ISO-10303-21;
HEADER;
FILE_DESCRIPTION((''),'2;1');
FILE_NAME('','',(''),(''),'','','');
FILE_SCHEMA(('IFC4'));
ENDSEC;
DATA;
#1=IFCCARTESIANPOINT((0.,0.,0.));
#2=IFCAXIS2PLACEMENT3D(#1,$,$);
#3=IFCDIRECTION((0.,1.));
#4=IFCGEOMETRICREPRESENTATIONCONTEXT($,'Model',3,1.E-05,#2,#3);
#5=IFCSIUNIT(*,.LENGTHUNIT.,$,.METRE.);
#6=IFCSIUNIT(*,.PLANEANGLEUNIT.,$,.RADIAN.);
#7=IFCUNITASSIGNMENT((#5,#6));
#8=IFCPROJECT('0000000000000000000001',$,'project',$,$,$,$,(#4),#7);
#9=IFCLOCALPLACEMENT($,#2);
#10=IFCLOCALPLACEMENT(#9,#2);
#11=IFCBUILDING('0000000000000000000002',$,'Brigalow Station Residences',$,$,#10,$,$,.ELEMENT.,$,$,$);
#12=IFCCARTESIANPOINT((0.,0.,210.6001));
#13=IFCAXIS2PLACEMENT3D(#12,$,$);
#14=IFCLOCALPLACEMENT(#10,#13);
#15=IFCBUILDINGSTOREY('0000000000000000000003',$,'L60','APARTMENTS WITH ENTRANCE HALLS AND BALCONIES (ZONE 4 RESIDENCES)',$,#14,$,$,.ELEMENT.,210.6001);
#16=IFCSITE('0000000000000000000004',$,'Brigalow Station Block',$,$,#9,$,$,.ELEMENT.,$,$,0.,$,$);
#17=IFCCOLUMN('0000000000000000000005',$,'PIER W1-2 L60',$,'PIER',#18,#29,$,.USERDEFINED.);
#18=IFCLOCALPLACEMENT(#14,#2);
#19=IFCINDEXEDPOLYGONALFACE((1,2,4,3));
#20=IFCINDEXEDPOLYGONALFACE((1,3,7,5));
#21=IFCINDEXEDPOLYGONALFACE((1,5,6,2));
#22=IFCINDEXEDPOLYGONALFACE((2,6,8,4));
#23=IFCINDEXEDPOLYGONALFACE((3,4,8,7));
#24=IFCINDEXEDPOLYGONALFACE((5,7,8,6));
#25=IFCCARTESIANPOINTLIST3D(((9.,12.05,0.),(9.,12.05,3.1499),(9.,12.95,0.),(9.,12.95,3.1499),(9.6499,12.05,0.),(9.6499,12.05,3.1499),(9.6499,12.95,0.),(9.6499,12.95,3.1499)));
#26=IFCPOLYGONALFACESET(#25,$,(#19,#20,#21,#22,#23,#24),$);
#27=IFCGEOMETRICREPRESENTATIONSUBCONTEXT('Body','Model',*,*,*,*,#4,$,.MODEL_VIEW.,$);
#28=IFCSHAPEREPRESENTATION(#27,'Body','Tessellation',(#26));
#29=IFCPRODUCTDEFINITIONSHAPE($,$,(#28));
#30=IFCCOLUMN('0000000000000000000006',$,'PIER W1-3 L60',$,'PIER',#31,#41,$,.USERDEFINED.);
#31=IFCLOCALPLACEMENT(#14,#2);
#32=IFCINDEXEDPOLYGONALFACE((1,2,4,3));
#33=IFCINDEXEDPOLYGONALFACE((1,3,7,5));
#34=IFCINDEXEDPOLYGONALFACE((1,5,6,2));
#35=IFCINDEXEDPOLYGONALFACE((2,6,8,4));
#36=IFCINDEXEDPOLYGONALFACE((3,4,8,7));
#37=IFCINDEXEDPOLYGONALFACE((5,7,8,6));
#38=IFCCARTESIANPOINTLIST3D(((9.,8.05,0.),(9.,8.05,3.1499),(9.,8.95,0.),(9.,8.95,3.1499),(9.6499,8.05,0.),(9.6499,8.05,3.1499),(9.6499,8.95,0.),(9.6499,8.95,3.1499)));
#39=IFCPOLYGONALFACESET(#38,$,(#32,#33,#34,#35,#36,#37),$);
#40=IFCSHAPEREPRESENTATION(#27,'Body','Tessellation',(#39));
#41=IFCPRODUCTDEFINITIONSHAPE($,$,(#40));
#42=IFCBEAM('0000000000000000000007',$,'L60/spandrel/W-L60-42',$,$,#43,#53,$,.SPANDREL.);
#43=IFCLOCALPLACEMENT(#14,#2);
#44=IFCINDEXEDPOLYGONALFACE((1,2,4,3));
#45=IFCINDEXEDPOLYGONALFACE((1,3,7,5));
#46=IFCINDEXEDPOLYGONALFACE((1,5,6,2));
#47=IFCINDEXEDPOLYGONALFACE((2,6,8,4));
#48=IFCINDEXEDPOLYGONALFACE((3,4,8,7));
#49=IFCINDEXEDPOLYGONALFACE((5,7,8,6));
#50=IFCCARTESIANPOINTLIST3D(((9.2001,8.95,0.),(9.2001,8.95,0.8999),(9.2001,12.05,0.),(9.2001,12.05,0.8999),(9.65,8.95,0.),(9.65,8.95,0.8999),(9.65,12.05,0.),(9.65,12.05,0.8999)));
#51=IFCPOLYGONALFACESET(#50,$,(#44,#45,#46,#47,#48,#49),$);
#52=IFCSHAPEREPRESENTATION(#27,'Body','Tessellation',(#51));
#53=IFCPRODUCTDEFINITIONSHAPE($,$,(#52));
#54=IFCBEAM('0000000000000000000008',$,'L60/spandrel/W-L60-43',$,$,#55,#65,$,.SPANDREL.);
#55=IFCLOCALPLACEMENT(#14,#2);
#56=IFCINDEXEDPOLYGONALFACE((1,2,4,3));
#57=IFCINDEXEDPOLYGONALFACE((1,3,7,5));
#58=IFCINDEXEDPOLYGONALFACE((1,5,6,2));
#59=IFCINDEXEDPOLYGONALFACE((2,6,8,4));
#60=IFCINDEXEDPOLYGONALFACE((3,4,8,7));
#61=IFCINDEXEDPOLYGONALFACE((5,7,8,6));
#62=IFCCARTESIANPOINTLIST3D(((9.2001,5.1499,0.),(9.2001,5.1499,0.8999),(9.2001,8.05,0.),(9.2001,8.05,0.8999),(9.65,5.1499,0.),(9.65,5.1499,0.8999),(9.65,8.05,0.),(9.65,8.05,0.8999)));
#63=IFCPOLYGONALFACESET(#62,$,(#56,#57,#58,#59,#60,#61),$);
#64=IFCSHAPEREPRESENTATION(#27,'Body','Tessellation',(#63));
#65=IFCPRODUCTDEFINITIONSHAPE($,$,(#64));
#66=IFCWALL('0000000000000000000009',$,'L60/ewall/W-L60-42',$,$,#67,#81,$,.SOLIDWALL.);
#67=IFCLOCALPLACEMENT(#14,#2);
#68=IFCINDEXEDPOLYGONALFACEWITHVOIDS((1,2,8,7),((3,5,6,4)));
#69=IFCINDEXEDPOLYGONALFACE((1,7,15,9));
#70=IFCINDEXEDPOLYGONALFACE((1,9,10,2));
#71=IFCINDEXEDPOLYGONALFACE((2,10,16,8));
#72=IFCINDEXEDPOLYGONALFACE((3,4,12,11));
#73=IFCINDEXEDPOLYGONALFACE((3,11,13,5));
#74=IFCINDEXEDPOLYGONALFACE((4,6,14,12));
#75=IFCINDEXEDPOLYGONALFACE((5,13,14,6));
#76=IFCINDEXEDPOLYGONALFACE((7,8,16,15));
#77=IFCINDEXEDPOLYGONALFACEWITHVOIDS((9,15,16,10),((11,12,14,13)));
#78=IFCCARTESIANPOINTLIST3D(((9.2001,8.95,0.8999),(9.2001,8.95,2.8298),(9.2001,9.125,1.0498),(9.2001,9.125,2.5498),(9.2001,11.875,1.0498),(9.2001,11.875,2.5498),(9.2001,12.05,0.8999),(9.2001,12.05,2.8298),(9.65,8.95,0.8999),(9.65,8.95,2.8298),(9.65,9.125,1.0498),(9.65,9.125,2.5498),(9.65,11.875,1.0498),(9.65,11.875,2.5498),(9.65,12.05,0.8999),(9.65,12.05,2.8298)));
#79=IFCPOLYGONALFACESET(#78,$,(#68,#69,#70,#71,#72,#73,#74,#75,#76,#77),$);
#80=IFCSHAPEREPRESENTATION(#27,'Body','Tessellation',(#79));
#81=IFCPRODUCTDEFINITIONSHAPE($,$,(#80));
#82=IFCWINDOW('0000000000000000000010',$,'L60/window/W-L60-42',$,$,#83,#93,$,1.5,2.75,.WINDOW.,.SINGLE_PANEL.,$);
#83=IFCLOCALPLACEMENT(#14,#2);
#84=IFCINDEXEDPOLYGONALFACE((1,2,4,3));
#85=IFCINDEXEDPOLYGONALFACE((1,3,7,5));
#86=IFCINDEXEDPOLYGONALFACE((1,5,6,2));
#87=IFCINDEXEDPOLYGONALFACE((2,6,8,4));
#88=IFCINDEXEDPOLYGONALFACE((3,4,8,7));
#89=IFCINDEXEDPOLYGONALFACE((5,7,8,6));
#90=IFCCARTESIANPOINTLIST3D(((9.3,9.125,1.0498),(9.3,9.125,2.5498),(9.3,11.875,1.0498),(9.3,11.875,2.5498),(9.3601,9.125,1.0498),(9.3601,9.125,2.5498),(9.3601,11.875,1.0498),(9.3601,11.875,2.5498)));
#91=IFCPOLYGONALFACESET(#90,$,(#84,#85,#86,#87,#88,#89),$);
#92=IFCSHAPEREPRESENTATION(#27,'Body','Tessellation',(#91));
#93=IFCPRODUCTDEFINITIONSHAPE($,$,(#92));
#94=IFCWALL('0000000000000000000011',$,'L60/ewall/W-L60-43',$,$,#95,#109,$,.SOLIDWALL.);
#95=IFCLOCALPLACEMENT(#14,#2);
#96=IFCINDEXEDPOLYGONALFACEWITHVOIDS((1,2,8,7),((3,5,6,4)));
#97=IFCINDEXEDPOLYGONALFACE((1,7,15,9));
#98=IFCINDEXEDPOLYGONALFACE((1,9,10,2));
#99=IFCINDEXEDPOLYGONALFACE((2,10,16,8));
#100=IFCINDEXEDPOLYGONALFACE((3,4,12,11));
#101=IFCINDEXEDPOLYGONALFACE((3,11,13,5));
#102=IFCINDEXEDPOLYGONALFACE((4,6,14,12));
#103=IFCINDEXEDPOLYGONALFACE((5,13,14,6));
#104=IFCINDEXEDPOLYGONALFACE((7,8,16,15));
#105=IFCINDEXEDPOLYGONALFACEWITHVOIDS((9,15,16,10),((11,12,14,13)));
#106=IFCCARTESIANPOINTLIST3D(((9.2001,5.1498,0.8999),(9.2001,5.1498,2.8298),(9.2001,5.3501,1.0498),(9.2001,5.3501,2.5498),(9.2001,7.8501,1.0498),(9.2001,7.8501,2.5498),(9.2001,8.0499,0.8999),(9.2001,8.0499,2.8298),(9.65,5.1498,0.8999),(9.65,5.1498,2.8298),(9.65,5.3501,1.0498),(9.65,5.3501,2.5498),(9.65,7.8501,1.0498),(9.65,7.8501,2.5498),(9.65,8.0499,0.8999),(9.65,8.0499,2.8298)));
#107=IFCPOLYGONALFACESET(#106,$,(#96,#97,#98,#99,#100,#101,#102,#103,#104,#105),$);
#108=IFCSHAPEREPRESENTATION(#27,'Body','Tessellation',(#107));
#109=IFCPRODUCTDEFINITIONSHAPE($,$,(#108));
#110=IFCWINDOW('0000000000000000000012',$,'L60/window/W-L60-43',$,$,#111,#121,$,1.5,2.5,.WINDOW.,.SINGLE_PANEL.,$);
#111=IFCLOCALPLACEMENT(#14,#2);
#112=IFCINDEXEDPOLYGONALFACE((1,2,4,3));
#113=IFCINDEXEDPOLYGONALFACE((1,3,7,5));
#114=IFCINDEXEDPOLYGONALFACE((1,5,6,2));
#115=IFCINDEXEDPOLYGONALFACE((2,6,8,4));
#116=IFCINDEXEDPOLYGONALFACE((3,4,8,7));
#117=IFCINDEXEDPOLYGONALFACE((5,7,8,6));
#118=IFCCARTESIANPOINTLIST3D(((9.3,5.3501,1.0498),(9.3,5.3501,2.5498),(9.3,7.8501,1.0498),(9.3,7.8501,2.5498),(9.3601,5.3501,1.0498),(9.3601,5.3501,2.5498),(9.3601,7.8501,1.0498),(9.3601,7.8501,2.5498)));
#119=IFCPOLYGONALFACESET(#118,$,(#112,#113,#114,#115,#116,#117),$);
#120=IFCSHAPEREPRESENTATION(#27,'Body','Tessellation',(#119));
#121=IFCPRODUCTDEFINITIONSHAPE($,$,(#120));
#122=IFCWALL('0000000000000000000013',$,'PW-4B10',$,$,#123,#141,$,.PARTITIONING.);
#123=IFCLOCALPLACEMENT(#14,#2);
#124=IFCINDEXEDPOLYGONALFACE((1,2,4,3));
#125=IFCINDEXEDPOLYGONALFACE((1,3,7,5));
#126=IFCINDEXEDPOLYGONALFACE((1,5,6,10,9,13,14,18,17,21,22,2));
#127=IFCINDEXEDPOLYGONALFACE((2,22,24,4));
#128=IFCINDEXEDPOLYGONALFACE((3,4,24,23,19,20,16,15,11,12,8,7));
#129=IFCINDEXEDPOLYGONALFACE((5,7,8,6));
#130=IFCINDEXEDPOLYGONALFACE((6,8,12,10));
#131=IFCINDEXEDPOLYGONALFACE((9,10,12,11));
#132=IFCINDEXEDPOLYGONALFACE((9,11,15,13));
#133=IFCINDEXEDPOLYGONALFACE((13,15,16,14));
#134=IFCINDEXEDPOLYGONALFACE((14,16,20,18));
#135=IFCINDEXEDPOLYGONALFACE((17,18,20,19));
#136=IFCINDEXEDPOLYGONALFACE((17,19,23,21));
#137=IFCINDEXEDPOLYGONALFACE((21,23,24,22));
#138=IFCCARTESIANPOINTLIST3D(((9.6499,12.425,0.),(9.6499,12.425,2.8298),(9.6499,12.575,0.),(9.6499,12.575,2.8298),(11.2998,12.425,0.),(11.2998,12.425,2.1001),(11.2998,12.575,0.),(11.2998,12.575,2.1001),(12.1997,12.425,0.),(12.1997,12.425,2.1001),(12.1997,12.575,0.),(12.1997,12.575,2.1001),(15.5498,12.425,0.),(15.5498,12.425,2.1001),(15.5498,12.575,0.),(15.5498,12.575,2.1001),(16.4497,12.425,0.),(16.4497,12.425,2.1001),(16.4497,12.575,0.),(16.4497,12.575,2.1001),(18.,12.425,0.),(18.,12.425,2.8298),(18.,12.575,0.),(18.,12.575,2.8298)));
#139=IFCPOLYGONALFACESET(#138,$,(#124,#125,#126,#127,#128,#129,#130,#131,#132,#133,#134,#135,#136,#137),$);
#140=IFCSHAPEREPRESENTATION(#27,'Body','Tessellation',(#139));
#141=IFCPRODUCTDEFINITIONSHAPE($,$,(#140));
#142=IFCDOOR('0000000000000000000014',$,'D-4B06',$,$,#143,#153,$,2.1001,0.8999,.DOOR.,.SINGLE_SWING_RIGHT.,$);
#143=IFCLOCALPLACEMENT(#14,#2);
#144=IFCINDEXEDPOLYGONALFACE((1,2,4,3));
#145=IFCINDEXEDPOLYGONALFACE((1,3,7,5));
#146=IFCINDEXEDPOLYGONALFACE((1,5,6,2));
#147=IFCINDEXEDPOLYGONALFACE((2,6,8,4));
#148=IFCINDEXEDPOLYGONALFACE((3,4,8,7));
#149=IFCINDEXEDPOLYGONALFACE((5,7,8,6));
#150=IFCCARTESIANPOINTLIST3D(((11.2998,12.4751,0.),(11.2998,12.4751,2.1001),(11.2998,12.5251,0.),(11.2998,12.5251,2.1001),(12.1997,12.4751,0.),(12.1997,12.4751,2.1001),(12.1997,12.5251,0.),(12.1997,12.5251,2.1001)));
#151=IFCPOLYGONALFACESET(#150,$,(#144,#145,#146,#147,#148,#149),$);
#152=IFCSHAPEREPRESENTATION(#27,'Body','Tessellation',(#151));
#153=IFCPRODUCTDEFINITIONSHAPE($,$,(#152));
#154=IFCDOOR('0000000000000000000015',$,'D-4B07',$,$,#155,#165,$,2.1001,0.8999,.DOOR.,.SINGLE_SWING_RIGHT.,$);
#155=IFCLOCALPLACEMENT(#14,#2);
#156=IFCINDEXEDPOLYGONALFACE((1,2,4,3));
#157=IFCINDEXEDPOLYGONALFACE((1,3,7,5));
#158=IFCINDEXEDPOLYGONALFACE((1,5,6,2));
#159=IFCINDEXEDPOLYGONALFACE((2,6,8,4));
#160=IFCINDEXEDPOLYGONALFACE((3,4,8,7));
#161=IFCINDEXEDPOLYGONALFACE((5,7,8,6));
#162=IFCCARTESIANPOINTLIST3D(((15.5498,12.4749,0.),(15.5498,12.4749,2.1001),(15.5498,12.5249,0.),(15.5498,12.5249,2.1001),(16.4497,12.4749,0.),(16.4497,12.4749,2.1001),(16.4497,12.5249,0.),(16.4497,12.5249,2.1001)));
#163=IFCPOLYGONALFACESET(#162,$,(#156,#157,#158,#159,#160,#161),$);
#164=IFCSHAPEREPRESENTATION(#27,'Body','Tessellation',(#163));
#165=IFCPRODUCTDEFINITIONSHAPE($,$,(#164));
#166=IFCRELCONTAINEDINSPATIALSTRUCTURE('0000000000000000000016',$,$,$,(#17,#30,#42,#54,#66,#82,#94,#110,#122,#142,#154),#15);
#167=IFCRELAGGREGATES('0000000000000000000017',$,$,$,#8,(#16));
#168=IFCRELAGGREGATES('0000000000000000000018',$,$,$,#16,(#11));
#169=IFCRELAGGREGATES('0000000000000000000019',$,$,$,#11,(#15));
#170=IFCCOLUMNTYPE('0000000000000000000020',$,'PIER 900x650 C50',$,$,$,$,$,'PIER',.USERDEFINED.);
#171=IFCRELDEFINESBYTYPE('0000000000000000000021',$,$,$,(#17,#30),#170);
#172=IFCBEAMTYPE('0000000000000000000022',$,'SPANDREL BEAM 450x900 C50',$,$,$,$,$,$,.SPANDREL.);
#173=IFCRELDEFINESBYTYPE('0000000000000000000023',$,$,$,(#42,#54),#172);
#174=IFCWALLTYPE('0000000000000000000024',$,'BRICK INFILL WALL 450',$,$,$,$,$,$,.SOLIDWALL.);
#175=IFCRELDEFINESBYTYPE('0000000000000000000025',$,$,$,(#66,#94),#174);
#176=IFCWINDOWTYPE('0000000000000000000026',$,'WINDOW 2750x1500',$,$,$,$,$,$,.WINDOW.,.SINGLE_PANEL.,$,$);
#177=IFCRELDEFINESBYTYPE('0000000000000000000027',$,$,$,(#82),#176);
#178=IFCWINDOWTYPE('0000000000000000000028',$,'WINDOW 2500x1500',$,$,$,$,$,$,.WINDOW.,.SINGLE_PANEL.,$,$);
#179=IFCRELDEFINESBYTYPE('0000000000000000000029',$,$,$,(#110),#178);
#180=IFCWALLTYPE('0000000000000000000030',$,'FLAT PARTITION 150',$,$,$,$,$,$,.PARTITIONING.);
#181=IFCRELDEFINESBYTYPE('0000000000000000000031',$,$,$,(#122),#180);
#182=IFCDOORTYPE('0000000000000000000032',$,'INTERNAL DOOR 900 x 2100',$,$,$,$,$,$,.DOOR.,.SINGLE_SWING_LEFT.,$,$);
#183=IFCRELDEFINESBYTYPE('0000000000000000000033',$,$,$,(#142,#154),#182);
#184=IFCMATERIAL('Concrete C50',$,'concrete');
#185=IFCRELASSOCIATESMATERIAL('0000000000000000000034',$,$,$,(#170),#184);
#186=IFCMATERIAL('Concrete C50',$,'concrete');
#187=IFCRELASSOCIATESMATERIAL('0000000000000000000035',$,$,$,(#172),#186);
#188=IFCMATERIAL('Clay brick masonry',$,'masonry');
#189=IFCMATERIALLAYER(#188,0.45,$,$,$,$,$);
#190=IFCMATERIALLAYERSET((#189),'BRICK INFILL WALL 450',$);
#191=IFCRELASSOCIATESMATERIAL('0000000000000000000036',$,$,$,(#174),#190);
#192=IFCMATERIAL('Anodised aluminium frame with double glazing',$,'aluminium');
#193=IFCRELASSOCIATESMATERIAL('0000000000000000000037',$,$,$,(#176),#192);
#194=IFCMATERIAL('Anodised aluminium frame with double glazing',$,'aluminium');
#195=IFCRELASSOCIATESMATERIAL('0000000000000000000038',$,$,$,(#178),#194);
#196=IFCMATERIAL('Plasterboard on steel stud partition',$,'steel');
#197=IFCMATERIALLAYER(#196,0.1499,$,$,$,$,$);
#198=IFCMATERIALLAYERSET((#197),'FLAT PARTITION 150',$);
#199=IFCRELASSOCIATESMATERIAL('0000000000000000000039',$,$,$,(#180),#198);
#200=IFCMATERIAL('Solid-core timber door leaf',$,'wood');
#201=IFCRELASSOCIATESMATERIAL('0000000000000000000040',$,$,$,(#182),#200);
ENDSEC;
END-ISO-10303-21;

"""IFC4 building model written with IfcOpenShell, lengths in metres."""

from ifc_helpers import new_model, si_unit, direction, frame, frame_2d, origin, origin_2d, place, context, subcontext, project, spatial, rectangle, extrude, material, layer, layer_set, material_profile, profile_set, type_object, element, fill, save


model = new_model("IFC4")

# Units and contexts
model_context = context("Model", 3, precision=1e-05, world=origin(), true_north=direction((0.0, 1.0)))
body_context = subcontext(model_context, "Body", "Model", "MODEL_VIEW")
ifc_project = project(units=[si_unit("LENGTHUNIT", "METRE"), si_unit("PLANEANGLEUNIT", "RADIAN")], contexts=[model_context])

# Site, building, storey
site_placement = place(None, origin())
site = spatial("IfcSite", under=ifc_project, at=site_placement, Name="Brigalow Station Block", CompositionType="ELEMENT", RefElevation=0.0)
building_placement = place(site_placement, origin())
building = spatial("IfcBuilding", under=site, at=building_placement, Name="Brigalow Station Residences", CompositionType="ELEMENT")
storey_placement = place(building_placement, frame((0.0, 0.0, 210.6001)))
storey = spatial("IfcBuildingStorey", under=building, at=storey_placement, Name="L60", Description="APARTMENTS WITH ENTRANCE HALLS AND BALCONIES (ZONE 4 RESIDENCES)", CompositionType="ELEMENT", Elevation=210.6001)

# Columns
ifc_material_1 = material(Name="Concrete C50", Category="concrete")
ifc_material_profile_1 = material_profile(ifc_material_1, rectangle(XDim=0.8999, YDim=0.6499, at=origin_2d()), Name="RC900x650")
ifc_profile_set_1 = profile_set([ifc_material_profile_1], Name="Concrete C50")
column_type = type_object("IfcColumnType", Name="PIER 900x650 C50", ElementType="PIER", PredefinedType="USERDEFINED", material=ifc_profile_set_1)
for number, where, z_axis, x_axis, name in (
    (1, (9.325, 12.5, 0.0), (0.0, 0.0, 1.0), (0.0, -1.0, 0.0), "PIER W1-2 L60"),
    (2, (9.325, 8.5, 0.0), (0.0, 0.0, 1.0), (0.0, -1.0, 0.0), "PIER W1-3 L60"),
):
    element("IfcColumn", number, at=place(storey_placement, frame(where, z_axis=z_axis, x_axis=x_axis)), inside=storey, type_object=column_type, Name=name, ObjectType="PIER", PredefinedType="USERDEFINED", context=body_context, shape_type="SweptSolid", body=[
        extrude(rectangle(XDim=0.8999, YDim=0.6499, at=origin_2d()), origin(), (0.0, 0.0, 1.0), 3.1499),
    ])

# Beams
ifc_material_2 = material(Name="Concrete C50", Category="concrete")
ifc_material_profile_2 = material_profile(ifc_material_2, rectangle(XDim=0.45, YDim=0.8999, at=origin_2d()), Name="RC450x900")
ifc_profile_set_2 = profile_set([ifc_material_profile_2], Name="Concrete C50")
beam_type = type_object("IfcBeamType", Name="SPANDREL BEAM 450x900 C50", PredefinedType="SPANDREL", material=ifc_profile_set_2)
beam_1_placement = place(storey_placement, frame((9.425, 12.05, 0.45), z_axis=(0.0, -1.0, 0.0), x_axis=(1.0, 0.0, 0.0)))
element("IfcBeam", 3, at=beam_1_placement, inside=storey, type_object=beam_type, Name="L60/spandrel/W-L60-42", PredefinedType="SPANDREL", context=body_context, shape_type="SweptSolid", body=[
    extrude(rectangle(XDim=0.45, YDim=0.8999, at=origin_2d()), origin(), (0.0, 0.0, 1.0), 3.1001),
])
beam_2_placement = place(storey_placement, frame((9.425, 8.05, 0.45), z_axis=(0.0, -1.0, 0.0), x_axis=(1.0, 0.0, 0.0)))
element("IfcBeam", 4, at=beam_2_placement, inside=storey, type_object=beam_type, Name="L60/spandrel/W-L60-43", PredefinedType="SPANDREL", context=body_context, shape_type="SweptSolid", body=[
    extrude(rectangle(XDim=0.45, YDim=0.8999, at=origin_2d()), origin(), (0.0, 0.0, 1.0), 2.9001),
])

# Walls, openings, windows
ifc_material_3 = material(Name="Clay brick masonry", Category="masonry")
ifc_layer_1 = layer(ifc_material_3, 0.45)
ifc_layer_set_1 = layer_set([ifc_layer_1], Name="BRICK INFILL WALL 450")
wall_type_1 = type_object("IfcWallType", Name="BRICK INFILL WALL 450", PredefinedType="SOLIDWALL", material=ifc_layer_set_1)
wall_1_placement = place(storey_placement, frame((9.425, 12.05, 0.8999), z_axis=(0.0, 0.0, 1.0), x_axis=(0.0, -1.0, 0.0)))
wall_1 = element("IfcWall", 5, at=wall_1_placement, inside=storey, type_object=wall_type_1, Name="L60/ewall/W-L60-42", PredefinedType="SOLIDWALL", context=body_context, shape_type="SweptSolid", body=[
    extrude(rectangle(XDim=3.1001, YDim=0.45, at=frame_2d((1.55, 0.0))), origin(), (0.0, 0.0, 1.0), 1.9299),
])
opening_1_placement = place(wall_1_placement, frame((0.175, 0.0, 0.1499)))
opening_1 = element("IfcOpeningElement", 6, at=opening_1_placement, cuts=wall_1, PredefinedType="OPENING", context=body_context, shape_type="SweptSolid", body=[
    extrude(rectangle(XDim=2.75, YDim=1.5, at=frame_2d((1.375, 0.75))), frame((0.0, 0.2349, 0.0), z_axis=(0.0, -1.0, 0.0), x_axis=(1.0, 0.0, 0.0)), (0.0, 0.0, 1.0), 0.47),
])
ifc_material_4 = material(Name="Anodised aluminium frame with double glazing", Category="aluminium")
window_type_1 = type_object("IfcWindowType", Name="WINDOW 2750x1500", PartitioningType="SINGLE_PANEL", PredefinedType="WINDOW", material=ifc_material_4)
window_1_placement = place(opening_1_placement, origin())
window_1 = element("IfcWindow", 7, at=window_1_placement, inside=storey, type_object=window_type_1, Name="L60/window/W-L60-42", OverallHeight=1.5, OverallWidth=2.75, PartitioningType="SINGLE_PANEL", PredefinedType="WINDOW", context=body_context, shape_type="SweptSolid", body=[
    extrude(rectangle(XDim=2.75, YDim=1.5, at=frame_2d((1.375, 0.75))), frame((0.0, -0.0649, 0.0), z_axis=(0.0, -1.0, 0.0), x_axis=(1.0, 0.0, 0.0)), (0.0, 0.0, 1.0), 0.0601),
])
fill(opening_1, window_1)
wall_2_placement = place(storey_placement, frame((9.425, 8.05, 0.8999), z_axis=(0.0, 0.0, 1.0), x_axis=(0.0, -1.0, 0.0)))
wall_2 = element("IfcWall", 8, at=wall_2_placement, inside=storey, type_object=wall_type_1, Name="L60/ewall/W-L60-43", PredefinedType="SOLIDWALL", context=body_context, shape_type="SweptSolid", body=[
    extrude(rectangle(XDim=2.9001, YDim=0.45, at=frame_2d((1.4502, 0.0))), origin(), (0.0, 0.0, 1.0), 1.9299),
])
opening_2_placement = place(wall_2_placement, frame((0.2, 0.0, 0.1499)))
opening_2 = element("IfcOpeningElement", 9, at=opening_2_placement, cuts=wall_2, PredefinedType="OPENING", context=body_context, shape_type="SweptSolid", body=[
    extrude(rectangle(XDim=2.5, YDim=1.5, at=frame_2d((1.25, 0.75))), frame((0.0, 0.2349, 0.0), z_axis=(0.0, -1.0, 0.0), x_axis=(1.0, 0.0, 0.0)), (0.0, 0.0, 1.0), 0.47),
])
ifc_material_5 = material(Name="Anodised aluminium frame with double glazing", Category="aluminium")
window_type_2 = type_object("IfcWindowType", Name="WINDOW 2500x1500", PartitioningType="SINGLE_PANEL", PredefinedType="WINDOW", material=ifc_material_5)
window_2_placement = place(opening_2_placement, origin())
window_2 = element("IfcWindow", 10, at=window_2_placement, inside=storey, type_object=window_type_2, Name="L60/window/W-L60-43", OverallHeight=1.5, OverallWidth=2.5, PartitioningType="SINGLE_PANEL", PredefinedType="WINDOW", context=body_context, shape_type="SweptSolid", body=[
    extrude(rectangle(XDim=2.5, YDim=1.5, at=frame_2d((1.25, 0.75))), frame((0.0, -0.0649, 0.0), z_axis=(0.0, -1.0, 0.0), x_axis=(1.0, 0.0, 0.0)), (0.0, 0.0, 1.0), 0.0601),
])
fill(opening_2, window_2)

# Wall, openings, doors
ifc_material_6 = material(Name="Plasterboard on steel stud partition", Category="steel")
ifc_layer_2 = layer(ifc_material_6, 0.1499)
ifc_layer_set_2 = layer_set([ifc_layer_2], Name="FLAT PARTITION 150")
wall_type_2 = type_object("IfcWallType", Name="FLAT PARTITION 150", PredefinedType="PARTITIONING", material=ifc_layer_set_2)
wall_3_placement = place(storey_placement, frame((9.6499, 12.5, 0.0), z_axis=(0.0, 0.0, 1.0), x_axis=(1.0, 0.0, 0.0)))
wall_3 = element("IfcWall", 11, at=wall_3_placement, inside=storey, type_object=wall_type_2, Name="PW-4B10", PredefinedType="PARTITIONING", context=body_context, shape_type="SweptSolid", body=[
    extrude(rectangle(XDim=8.3501, YDim=0.1499, at=frame_2d((4.175, 0.0))), origin(), (0.0, 0.0, 1.0), 2.8298),
])
opening_3_placement = place(wall_3_placement, frame((1.6499, 0.0, 0.0)))
opening_3 = element("IfcOpeningElement", 12, at=opening_3_placement, cuts=wall_3, PredefinedType="OPENING", context=body_context, shape_type="SweptSolid", body=[
    extrude(rectangle(XDim=0.8999, YDim=2.1001, at=frame_2d((0.45, 1.05))), frame((0.0, 0.085, 0.0), z_axis=(0.0, -1.0, 0.0), x_axis=(1.0, 0.0, 0.0)), (0.0, 0.0, 1.0), 0.1699),
])
opening_4_placement = place(wall_3_placement, frame((5.8999, 0.0, 0.0)))
opening_4 = element("IfcOpeningElement", 13, at=opening_4_placement, cuts=wall_3, PredefinedType="OPENING", context=body_context, shape_type="SweptSolid", body=[
    extrude(rectangle(XDim=0.8999, YDim=2.1001, at=frame_2d((0.45, 1.05))), frame((0.0, 0.085, 0.0), z_axis=(0.0, -1.0, 0.0), x_axis=(1.0, 0.0, 0.0)), (0.0, 0.0, 1.0), 0.1699),
])
ifc_material_7 = material(Name="Solid-core timber door leaf", Category="wood")
door_type = type_object("IfcDoorType", Name="INTERNAL DOOR 900 x 2100", OperationType="SINGLE_SWING_LEFT", PredefinedType="DOOR", material=ifc_material_7)
door_1_placement = place(opening_3_placement, frame((0.8999, 0.0, 0.0), z_axis=(0.0, 0.0, 1.0), x_axis=(-1.0, 0.0, 0.0)))
door_1 = element("IfcDoor", 14, at=door_1_placement, inside=storey, type_object=door_type, Name="D-4B06", OperationType="SINGLE_SWING_RIGHT", OverallHeight=2.1001, OverallWidth=0.8999, PredefinedType="DOOR", context=body_context, shape_type="SweptSolid", body=[
    extrude(rectangle(XDim=0.8999, YDim=2.1001, at=frame_2d((0.45, 1.05))), frame((0.0, 0.0249, 0.0), z_axis=(0.0, -1.0, 0.0), x_axis=(1.0, 0.0, 0.0)), (0.0, 0.0, 1.0), 0.05),
])
fill(opening_3, door_1)
door_2_placement = place(opening_4_placement, origin())
door_2 = element("IfcDoor", 15, at=door_2_placement, inside=storey, type_object=door_type, Name="D-4B07", OperationType="SINGLE_SWING_RIGHT", OverallHeight=2.1001, OverallWidth=0.8999, PredefinedType="DOOR", context=body_context, shape_type="SweptSolid", body=[
    extrude(rectangle(XDim=0.8999, YDim=2.1001, at=frame_2d((0.45, 1.05))), frame((0.0, 0.0249, 0.0), z_axis=(0.0, -1.0, 0.0), x_axis=(1.0, 0.0, 0.0)), (0.0, 0.0, 1.0), 0.05),
])
fill(opening_4, door_2)

save(model, "model.ifc")
